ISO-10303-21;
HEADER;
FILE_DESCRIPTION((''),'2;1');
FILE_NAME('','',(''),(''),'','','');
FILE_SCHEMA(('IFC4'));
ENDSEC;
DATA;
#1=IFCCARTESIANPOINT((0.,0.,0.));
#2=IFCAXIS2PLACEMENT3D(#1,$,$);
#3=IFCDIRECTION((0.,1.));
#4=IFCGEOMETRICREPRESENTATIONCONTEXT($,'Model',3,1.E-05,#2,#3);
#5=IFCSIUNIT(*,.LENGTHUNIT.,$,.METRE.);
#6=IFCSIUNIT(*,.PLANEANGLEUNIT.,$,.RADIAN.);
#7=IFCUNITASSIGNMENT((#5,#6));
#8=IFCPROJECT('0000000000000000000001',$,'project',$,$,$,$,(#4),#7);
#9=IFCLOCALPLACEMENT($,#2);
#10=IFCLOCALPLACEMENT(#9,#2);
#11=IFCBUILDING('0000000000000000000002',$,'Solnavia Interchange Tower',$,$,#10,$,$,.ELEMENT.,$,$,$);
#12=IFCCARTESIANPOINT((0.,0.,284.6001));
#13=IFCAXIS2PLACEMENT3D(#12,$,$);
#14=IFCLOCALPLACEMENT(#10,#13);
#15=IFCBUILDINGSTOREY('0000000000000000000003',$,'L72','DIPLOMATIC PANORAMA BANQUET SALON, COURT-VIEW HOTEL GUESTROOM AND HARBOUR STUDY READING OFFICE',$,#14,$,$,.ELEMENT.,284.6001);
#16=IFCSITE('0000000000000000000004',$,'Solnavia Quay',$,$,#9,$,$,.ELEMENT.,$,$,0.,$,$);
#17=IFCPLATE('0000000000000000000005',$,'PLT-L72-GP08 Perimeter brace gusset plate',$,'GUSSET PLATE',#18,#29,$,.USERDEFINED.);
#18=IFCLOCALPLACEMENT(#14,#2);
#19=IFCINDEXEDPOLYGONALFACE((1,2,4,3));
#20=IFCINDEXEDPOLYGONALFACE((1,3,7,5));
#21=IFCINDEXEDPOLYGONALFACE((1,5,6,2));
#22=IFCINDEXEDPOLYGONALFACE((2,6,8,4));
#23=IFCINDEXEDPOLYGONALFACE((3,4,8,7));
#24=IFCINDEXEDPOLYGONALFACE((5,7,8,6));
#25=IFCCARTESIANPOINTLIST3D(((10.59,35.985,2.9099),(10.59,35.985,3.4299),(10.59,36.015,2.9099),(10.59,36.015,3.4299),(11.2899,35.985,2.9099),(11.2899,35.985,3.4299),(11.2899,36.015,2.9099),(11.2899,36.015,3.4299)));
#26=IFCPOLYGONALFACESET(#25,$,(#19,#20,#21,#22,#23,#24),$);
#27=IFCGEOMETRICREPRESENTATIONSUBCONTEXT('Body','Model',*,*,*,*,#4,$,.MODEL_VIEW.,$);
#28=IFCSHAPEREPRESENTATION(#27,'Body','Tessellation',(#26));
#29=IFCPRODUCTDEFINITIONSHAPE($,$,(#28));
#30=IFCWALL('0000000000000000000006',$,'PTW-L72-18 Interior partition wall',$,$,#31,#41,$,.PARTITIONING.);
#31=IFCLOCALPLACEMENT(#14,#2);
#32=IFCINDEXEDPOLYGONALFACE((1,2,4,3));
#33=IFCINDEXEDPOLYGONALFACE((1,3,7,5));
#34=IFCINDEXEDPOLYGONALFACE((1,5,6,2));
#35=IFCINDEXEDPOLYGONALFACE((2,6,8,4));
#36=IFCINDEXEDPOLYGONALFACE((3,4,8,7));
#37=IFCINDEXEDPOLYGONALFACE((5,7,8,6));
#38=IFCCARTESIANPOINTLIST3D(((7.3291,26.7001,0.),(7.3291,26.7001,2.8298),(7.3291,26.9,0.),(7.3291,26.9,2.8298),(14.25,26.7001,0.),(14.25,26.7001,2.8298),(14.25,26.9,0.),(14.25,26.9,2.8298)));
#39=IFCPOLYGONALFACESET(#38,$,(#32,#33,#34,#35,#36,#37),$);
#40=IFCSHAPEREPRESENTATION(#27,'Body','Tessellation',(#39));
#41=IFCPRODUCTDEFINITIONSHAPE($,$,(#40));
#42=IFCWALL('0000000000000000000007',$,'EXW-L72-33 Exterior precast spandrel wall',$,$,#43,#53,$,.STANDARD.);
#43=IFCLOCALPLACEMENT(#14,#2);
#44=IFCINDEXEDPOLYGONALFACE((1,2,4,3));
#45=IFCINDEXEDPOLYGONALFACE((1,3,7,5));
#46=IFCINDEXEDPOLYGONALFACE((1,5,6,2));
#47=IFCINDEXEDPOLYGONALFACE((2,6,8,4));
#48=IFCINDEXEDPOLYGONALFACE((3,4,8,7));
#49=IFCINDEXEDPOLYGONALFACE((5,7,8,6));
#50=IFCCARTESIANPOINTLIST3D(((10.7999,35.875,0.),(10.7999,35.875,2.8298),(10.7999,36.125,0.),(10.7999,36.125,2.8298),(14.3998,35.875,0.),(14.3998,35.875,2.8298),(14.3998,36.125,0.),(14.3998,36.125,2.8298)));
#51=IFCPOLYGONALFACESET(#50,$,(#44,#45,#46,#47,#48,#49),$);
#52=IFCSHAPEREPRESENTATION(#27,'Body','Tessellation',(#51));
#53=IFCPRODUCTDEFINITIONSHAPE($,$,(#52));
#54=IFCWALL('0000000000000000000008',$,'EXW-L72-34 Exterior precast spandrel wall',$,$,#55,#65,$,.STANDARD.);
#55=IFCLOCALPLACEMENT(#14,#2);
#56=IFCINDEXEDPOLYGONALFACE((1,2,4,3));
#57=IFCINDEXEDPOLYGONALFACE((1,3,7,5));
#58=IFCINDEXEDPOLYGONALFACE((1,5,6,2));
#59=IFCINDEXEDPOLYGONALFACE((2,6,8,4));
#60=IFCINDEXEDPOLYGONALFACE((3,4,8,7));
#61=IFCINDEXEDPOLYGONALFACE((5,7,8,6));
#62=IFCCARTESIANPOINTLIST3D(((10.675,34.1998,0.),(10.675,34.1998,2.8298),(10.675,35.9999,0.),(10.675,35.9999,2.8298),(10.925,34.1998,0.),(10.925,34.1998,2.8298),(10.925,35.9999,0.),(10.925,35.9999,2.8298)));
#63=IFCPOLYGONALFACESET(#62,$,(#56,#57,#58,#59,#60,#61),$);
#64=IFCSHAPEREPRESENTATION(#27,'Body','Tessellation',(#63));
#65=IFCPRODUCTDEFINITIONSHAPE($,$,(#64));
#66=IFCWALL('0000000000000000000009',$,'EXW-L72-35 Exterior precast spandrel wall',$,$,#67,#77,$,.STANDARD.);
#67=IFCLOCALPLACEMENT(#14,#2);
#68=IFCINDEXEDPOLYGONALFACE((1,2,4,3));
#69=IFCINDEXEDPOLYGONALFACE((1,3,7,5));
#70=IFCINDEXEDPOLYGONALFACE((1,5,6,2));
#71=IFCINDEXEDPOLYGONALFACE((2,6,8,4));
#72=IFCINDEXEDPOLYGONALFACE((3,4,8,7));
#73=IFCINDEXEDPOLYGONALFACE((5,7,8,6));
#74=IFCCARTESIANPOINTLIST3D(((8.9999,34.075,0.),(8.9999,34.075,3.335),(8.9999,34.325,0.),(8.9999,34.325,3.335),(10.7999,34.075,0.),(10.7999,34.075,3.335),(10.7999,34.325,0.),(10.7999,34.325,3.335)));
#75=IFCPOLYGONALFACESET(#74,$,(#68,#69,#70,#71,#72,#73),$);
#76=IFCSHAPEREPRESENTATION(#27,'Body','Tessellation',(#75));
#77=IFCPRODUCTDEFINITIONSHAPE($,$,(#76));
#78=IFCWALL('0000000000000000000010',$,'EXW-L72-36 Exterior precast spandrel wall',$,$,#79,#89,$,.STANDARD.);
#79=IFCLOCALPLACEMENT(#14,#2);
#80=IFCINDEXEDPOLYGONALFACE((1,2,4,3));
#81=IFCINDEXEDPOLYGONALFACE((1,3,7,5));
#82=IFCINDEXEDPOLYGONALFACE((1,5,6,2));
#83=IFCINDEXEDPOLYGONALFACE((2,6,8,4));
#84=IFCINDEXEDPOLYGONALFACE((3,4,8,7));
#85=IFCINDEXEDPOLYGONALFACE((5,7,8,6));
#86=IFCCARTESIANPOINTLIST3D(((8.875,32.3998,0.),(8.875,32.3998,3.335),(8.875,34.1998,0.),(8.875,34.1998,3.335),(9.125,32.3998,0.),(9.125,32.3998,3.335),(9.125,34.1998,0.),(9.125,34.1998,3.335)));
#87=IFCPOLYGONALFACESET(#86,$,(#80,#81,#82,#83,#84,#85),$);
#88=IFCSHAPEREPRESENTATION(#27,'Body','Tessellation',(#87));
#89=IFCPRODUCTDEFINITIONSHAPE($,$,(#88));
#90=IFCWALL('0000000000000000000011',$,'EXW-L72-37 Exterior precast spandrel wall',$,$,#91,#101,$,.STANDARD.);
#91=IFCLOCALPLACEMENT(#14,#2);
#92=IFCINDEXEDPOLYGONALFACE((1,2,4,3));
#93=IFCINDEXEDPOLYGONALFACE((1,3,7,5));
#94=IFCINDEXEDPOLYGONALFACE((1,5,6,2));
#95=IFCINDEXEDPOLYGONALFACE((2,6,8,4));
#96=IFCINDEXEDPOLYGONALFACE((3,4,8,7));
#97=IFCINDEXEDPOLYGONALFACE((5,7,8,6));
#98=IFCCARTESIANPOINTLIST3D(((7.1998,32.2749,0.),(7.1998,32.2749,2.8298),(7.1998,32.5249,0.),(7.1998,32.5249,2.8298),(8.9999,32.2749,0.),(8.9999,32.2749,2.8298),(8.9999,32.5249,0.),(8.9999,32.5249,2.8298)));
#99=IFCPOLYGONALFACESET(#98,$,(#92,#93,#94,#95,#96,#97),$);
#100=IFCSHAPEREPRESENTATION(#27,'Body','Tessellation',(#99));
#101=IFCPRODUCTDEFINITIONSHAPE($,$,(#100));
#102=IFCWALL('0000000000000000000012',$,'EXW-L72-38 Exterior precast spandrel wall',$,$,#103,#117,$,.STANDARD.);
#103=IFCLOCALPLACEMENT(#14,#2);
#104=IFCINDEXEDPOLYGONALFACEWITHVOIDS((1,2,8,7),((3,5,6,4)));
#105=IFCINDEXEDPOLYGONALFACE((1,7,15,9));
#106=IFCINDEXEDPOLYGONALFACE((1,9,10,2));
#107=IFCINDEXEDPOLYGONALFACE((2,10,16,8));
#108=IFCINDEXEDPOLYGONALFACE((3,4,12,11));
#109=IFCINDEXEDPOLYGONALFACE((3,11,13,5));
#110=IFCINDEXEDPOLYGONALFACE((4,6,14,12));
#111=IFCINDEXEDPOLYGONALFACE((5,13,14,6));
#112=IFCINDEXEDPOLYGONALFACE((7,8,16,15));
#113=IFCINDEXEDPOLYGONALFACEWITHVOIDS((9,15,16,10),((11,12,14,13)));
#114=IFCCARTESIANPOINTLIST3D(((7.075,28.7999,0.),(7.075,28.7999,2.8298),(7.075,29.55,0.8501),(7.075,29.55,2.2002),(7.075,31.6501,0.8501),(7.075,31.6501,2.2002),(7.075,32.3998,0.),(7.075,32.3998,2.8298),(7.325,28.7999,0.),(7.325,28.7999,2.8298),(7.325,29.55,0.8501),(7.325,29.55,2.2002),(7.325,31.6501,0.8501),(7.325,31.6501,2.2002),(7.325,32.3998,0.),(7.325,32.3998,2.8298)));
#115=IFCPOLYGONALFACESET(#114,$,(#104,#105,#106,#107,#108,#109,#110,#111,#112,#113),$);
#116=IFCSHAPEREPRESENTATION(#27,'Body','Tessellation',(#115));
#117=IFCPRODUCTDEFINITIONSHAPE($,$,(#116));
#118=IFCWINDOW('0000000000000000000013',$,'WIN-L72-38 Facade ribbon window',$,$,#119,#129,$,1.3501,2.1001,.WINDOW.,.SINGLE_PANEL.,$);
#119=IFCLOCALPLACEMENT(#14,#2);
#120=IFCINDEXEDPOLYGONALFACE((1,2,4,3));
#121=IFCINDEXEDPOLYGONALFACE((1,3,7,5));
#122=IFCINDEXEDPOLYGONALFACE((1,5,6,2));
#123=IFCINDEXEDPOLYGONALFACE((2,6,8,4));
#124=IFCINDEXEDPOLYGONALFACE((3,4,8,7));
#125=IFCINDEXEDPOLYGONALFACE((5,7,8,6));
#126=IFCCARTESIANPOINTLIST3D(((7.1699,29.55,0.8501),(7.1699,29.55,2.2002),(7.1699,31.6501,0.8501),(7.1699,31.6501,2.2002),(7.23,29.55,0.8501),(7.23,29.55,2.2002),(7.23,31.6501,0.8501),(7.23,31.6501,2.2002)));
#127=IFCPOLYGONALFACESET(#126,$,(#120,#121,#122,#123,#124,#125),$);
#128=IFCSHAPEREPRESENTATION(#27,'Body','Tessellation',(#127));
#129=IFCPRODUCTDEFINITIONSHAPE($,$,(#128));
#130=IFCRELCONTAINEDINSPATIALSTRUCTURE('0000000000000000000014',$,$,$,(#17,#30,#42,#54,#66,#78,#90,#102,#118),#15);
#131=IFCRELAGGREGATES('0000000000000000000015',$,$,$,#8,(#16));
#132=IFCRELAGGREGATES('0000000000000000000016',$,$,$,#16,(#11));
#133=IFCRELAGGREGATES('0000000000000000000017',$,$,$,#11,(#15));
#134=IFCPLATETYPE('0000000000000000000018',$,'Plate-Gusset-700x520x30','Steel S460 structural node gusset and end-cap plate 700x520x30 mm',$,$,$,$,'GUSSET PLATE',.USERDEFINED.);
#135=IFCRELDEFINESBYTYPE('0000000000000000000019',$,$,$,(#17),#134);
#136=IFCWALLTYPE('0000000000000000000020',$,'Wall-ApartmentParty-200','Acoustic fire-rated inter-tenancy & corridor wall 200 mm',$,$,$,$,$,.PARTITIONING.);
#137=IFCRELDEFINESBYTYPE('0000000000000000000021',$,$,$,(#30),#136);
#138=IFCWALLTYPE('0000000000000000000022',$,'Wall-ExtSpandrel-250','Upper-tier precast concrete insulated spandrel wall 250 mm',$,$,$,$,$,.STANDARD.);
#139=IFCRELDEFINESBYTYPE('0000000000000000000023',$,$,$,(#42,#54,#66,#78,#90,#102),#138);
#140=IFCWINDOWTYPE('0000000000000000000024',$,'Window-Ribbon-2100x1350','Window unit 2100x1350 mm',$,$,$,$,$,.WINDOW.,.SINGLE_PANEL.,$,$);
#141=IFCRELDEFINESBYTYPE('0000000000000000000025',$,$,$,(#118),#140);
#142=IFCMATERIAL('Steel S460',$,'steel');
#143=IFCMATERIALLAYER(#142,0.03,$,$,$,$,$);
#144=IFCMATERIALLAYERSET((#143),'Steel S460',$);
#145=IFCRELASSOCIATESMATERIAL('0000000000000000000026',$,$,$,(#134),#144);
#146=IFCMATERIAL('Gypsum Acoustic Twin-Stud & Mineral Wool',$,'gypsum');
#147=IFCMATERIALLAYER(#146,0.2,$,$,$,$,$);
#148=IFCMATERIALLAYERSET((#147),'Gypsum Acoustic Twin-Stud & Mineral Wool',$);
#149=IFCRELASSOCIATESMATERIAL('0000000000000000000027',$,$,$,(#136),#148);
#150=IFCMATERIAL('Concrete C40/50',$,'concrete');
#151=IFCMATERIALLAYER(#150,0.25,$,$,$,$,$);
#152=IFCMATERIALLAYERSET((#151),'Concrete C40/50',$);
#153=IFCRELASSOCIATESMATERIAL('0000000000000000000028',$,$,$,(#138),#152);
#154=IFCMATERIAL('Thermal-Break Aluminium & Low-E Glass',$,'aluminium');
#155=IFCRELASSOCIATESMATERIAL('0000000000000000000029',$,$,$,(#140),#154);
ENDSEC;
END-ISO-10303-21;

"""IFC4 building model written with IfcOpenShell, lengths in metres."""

from ifc_helpers import new_model, si_unit, direction, frame, frame_2d, origin, origin_2d, place, context, subcontext, project, spatial, rectangle, extrude, material, layer, layer_set, type_object, element, fill, save


model = new_model("IFC4")

# Units and contexts
model_context = context("Model", 3, precision=1e-05, world=origin(), true_north=direction((0.0, 1.0)))
body_context = subcontext(model_context, "Body", "Model", "MODEL_VIEW")
ifc_project = project(units=[si_unit("LENGTHUNIT", "METRE"), si_unit("PLANEANGLEUNIT", "RADIAN")], contexts=[model_context])

# Site, building, storey
site_placement = place(None, origin())
site = spatial("IfcSite", under=ifc_project, at=site_placement, Name="Solnavia Quay", CompositionType="ELEMENT", RefElevation=0.0)
building_placement = place(site_placement, origin())
building = spatial("IfcBuilding", under=site, at=building_placement, Name="Solnavia Interchange Tower", CompositionType="ELEMENT")
storey_placement = place(building_placement, frame((0.0, 0.0, 284.6001)))
storey = spatial("IfcBuildingStorey", under=building, at=storey_placement, Name="L72", Description="DIPLOMATIC PANORAMA BANQUET SALON, COURT-VIEW HOTEL GUESTROOM AND HARBOUR STUDY READING OFFICE", CompositionType="ELEMENT", Elevation=284.6001)

# Shared definitions
ifc_material_1 = material(Name="Steel S460", Category="steel")

# Plate
ifc_layer_1 = layer(ifc_material_1, 0.03)
ifc_layer_set_1 = layer_set([ifc_layer_1], Name="Steel S460")
plate_type = type_object("IfcPlateType", Name="Plate-Gusset-700x520x30", Description="Steel S460 structural node gusset and end-cap plate 700x520x30 mm", ElementType="GUSSET PLATE", PredefinedType="USERDEFINED", material=ifc_layer_set_1)
for number, where, z_axis, x_axis, name in (
    (1, (10.9399, 36.0, 2.9099), (0.0, 0.0, 1.0), (-1.0, 0.0, 0.0), "PLT-L72-GP08 Perimeter brace gusset plate"),
):
    element("IfcPlate", number, at=place(storey_placement, frame(where, z_axis=z_axis, x_axis=x_axis)), inside=storey, type_object=plate_type, Name=name, ObjectType="GUSSET PLATE", PredefinedType="USERDEFINED", context=body_context, shape_type="SweptSolid", body=[
        extrude(rectangle(XDim=0.7, YDim=0.03, at=origin_2d()), origin(), (0.0, 0.0, 1.0), 0.52),
    ])

# Walls
ifc_material_2 = material(Name="Gypsum Acoustic Twin-Stud & Mineral Wool", Category="gypsum")
ifc_layer_2 = layer(ifc_material_2, 0.2)
ifc_layer_set_2 = layer_set([ifc_layer_2], Name="Gypsum Acoustic Twin-Stud & Mineral Wool")
wall_type_1 = type_object("IfcWallType", Name="Wall-ApartmentParty-200", Description="Acoustic fire-rated inter-tenancy & corridor wall 200 mm", PredefinedType="PARTITIONING", material=ifc_layer_set_2)
wall_1_placement = place(storey_placement, frame((7.3291, 26.8, 0.0), z_axis=(0.0, 0.0, 1.0), x_axis=(1.0, 0.0, 0.0)))
element("IfcWall", 2, at=wall_1_placement, inside=storey, type_object=wall_type_1, Name="PTW-L72-18 Interior partition wall", PredefinedType="PARTITIONING", context=body_context, shape_type="SweptSolid", body=[
    extrude(rectangle(XDim=6.9209, YDim=0.2, at=frame_2d((3.4604, 0.0))), origin(), (0.0, 0.0, 1.0), 2.8298),
])
ifc_material_3 = material(Name="Concrete C40/50", Category="concrete")
ifc_layer_3 = layer(ifc_material_3, 0.25)
ifc_layer_set_3 = layer_set([ifc_layer_3], Name="Concrete C40/50")
wall_type_2 = type_object("IfcWallType", Name="Wall-ExtSpandrel-250", Description="Upper-tier precast concrete insulated spandrel wall 250 mm", PredefinedType="STANDARD", material=ifc_layer_set_3)
wall_2_placement = place(storey_placement, frame((10.8, 36.0, 0.0), z_axis=(0.0, 0.0, 1.0), x_axis=(1.0, 0.0, 0.0)))
element("IfcWall", 3, at=wall_2_placement, inside=storey, type_object=wall_type_2, Name="EXW-L72-33 Exterior precast spandrel wall", PredefinedType="STANDARD", context=body_context, shape_type="SweptSolid", body=[
    extrude(rectangle(XDim=3.5999, YDim=0.25, at=frame_2d((1.7998, 0.0))), origin(), (0.0, 0.0, 1.0), 2.8298),
])
wall_3_placement = place(storey_placement, frame((10.8, 34.2, 0.0), z_axis=(0.0, 0.0, 1.0), x_axis=(0.0, 1.0, 0.0)))
element("IfcWall", 4, at=wall_3_placement, inside=storey, type_object=wall_type_2, Name="EXW-L72-34 Exterior precast spandrel wall", PredefinedType="STANDARD", context=body_context, shape_type="SweptSolid", body=[
    extrude(rectangle(XDim=1.8, YDim=0.25, at=frame_2d((0.8999, 0.0))), origin(), (0.0, 0.0, 1.0), 2.8298),
])
for number, where, z_axis, x_axis, name in (
    (5, (9.0, 34.2, 0.0), (0.0, 0.0, 1.0), (1.0, 0.0, 0.0), "EXW-L72-35 Exterior precast spandrel wall"),
    (6, (9.0, 32.3999, 0.0), (0.0, 0.0, 1.0), (0.0, 1.0, 0.0), "EXW-L72-36 Exterior precast spandrel wall"),
):
    element("IfcWall", number, at=place(storey_placement, frame(where, z_axis=z_axis, x_axis=x_axis)), inside=storey, type_object=wall_type_2, Name=name, PredefinedType="STANDARD", context=body_context, shape_type="SweptSolid", body=[
        extrude(rectangle(XDim=1.8, YDim=0.25, at=frame_2d((0.8999, 0.0))), origin(), (0.0, 0.0, 1.0), 3.335),
    ])
wall_4_placement = place(storey_placement, frame((7.2, 32.3999, 0.0), z_axis=(0.0, 0.0, 1.0), x_axis=(1.0, 0.0, 0.0)))
element("IfcWall", 7, at=wall_4_placement, inside=storey, type_object=wall_type_2, Name="EXW-L72-37 Exterior precast spandrel wall", PredefinedType="STANDARD", context=body_context, shape_type="SweptSolid", body=[
    extrude(rectangle(XDim=1.8, YDim=0.25, at=frame_2d((0.8999, 0.0))), origin(), (0.0, 0.0, 1.0), 2.8298),
])

# Wall, opening, window
wall_5_placement = place(storey_placement, frame((7.2, 28.8, 0.0), z_axis=(0.0, 0.0, 1.0), x_axis=(0.0, 1.0, 0.0)))
wall_5 = element("IfcWall", 8, at=wall_5_placement, inside=storey, type_object=wall_type_2, Name="EXW-L72-38 Exterior precast spandrel wall", PredefinedType="STANDARD", context=body_context, shape_type="SweptSolid", body=[
    extrude(rectangle(XDim=3.5999, YDim=0.25, at=frame_2d((1.7998, 0.0))), origin(), (0.0, 0.0, 1.0), 2.8298),
])
opening_placement = place(wall_5_placement, frame((0.75, 0.0, 0.8501)))
opening = element("IfcOpeningElement", 9, at=opening_placement, cuts=wall_5, PredefinedType="OPENING", context=body_context, shape_type="SweptSolid", body=[
    extrude(rectangle(XDim=2.1001, YDim=1.3501, at=frame_2d((1.05, 0.675))), frame((0.0, 0.135, 0.0), z_axis=(0.0, -1.0, 0.0), x_axis=(1.0, 0.0, 0.0)), (0.0, 0.0, 1.0), 0.27),
])
ifc_material_4 = material(Name="Thermal-Break Aluminium & Low-E Glass", Category="aluminium")
window_type = type_object("IfcWindowType", Name="Window-Ribbon-2100x1350", Description="Window unit 2100x1350 mm", PartitioningType="SINGLE_PANEL", PredefinedType="WINDOW", material=ifc_material_4)
window_placement = place(opening_placement, origin())
window = element("IfcWindow", 10, at=window_placement, inside=storey, type_object=window_type, Name="WIN-L72-38 Facade ribbon window", OverallHeight=1.3501, OverallWidth=2.1001, PartitioningType="SINGLE_PANEL", PredefinedType="WINDOW", context=body_context, shape_type="SweptSolid", body=[
    extrude(rectangle(XDim=2.1001, YDim=1.3501, at=frame_2d((1.05, 0.675))), frame((0.0, 0.03, 0.0), z_axis=(0.0, -1.0, 0.0), x_axis=(1.0, 0.0, 0.0)), (0.0, 0.0, 1.0), 0.0601),
])
fill(opening, window)

save(model, "model.ifc")
